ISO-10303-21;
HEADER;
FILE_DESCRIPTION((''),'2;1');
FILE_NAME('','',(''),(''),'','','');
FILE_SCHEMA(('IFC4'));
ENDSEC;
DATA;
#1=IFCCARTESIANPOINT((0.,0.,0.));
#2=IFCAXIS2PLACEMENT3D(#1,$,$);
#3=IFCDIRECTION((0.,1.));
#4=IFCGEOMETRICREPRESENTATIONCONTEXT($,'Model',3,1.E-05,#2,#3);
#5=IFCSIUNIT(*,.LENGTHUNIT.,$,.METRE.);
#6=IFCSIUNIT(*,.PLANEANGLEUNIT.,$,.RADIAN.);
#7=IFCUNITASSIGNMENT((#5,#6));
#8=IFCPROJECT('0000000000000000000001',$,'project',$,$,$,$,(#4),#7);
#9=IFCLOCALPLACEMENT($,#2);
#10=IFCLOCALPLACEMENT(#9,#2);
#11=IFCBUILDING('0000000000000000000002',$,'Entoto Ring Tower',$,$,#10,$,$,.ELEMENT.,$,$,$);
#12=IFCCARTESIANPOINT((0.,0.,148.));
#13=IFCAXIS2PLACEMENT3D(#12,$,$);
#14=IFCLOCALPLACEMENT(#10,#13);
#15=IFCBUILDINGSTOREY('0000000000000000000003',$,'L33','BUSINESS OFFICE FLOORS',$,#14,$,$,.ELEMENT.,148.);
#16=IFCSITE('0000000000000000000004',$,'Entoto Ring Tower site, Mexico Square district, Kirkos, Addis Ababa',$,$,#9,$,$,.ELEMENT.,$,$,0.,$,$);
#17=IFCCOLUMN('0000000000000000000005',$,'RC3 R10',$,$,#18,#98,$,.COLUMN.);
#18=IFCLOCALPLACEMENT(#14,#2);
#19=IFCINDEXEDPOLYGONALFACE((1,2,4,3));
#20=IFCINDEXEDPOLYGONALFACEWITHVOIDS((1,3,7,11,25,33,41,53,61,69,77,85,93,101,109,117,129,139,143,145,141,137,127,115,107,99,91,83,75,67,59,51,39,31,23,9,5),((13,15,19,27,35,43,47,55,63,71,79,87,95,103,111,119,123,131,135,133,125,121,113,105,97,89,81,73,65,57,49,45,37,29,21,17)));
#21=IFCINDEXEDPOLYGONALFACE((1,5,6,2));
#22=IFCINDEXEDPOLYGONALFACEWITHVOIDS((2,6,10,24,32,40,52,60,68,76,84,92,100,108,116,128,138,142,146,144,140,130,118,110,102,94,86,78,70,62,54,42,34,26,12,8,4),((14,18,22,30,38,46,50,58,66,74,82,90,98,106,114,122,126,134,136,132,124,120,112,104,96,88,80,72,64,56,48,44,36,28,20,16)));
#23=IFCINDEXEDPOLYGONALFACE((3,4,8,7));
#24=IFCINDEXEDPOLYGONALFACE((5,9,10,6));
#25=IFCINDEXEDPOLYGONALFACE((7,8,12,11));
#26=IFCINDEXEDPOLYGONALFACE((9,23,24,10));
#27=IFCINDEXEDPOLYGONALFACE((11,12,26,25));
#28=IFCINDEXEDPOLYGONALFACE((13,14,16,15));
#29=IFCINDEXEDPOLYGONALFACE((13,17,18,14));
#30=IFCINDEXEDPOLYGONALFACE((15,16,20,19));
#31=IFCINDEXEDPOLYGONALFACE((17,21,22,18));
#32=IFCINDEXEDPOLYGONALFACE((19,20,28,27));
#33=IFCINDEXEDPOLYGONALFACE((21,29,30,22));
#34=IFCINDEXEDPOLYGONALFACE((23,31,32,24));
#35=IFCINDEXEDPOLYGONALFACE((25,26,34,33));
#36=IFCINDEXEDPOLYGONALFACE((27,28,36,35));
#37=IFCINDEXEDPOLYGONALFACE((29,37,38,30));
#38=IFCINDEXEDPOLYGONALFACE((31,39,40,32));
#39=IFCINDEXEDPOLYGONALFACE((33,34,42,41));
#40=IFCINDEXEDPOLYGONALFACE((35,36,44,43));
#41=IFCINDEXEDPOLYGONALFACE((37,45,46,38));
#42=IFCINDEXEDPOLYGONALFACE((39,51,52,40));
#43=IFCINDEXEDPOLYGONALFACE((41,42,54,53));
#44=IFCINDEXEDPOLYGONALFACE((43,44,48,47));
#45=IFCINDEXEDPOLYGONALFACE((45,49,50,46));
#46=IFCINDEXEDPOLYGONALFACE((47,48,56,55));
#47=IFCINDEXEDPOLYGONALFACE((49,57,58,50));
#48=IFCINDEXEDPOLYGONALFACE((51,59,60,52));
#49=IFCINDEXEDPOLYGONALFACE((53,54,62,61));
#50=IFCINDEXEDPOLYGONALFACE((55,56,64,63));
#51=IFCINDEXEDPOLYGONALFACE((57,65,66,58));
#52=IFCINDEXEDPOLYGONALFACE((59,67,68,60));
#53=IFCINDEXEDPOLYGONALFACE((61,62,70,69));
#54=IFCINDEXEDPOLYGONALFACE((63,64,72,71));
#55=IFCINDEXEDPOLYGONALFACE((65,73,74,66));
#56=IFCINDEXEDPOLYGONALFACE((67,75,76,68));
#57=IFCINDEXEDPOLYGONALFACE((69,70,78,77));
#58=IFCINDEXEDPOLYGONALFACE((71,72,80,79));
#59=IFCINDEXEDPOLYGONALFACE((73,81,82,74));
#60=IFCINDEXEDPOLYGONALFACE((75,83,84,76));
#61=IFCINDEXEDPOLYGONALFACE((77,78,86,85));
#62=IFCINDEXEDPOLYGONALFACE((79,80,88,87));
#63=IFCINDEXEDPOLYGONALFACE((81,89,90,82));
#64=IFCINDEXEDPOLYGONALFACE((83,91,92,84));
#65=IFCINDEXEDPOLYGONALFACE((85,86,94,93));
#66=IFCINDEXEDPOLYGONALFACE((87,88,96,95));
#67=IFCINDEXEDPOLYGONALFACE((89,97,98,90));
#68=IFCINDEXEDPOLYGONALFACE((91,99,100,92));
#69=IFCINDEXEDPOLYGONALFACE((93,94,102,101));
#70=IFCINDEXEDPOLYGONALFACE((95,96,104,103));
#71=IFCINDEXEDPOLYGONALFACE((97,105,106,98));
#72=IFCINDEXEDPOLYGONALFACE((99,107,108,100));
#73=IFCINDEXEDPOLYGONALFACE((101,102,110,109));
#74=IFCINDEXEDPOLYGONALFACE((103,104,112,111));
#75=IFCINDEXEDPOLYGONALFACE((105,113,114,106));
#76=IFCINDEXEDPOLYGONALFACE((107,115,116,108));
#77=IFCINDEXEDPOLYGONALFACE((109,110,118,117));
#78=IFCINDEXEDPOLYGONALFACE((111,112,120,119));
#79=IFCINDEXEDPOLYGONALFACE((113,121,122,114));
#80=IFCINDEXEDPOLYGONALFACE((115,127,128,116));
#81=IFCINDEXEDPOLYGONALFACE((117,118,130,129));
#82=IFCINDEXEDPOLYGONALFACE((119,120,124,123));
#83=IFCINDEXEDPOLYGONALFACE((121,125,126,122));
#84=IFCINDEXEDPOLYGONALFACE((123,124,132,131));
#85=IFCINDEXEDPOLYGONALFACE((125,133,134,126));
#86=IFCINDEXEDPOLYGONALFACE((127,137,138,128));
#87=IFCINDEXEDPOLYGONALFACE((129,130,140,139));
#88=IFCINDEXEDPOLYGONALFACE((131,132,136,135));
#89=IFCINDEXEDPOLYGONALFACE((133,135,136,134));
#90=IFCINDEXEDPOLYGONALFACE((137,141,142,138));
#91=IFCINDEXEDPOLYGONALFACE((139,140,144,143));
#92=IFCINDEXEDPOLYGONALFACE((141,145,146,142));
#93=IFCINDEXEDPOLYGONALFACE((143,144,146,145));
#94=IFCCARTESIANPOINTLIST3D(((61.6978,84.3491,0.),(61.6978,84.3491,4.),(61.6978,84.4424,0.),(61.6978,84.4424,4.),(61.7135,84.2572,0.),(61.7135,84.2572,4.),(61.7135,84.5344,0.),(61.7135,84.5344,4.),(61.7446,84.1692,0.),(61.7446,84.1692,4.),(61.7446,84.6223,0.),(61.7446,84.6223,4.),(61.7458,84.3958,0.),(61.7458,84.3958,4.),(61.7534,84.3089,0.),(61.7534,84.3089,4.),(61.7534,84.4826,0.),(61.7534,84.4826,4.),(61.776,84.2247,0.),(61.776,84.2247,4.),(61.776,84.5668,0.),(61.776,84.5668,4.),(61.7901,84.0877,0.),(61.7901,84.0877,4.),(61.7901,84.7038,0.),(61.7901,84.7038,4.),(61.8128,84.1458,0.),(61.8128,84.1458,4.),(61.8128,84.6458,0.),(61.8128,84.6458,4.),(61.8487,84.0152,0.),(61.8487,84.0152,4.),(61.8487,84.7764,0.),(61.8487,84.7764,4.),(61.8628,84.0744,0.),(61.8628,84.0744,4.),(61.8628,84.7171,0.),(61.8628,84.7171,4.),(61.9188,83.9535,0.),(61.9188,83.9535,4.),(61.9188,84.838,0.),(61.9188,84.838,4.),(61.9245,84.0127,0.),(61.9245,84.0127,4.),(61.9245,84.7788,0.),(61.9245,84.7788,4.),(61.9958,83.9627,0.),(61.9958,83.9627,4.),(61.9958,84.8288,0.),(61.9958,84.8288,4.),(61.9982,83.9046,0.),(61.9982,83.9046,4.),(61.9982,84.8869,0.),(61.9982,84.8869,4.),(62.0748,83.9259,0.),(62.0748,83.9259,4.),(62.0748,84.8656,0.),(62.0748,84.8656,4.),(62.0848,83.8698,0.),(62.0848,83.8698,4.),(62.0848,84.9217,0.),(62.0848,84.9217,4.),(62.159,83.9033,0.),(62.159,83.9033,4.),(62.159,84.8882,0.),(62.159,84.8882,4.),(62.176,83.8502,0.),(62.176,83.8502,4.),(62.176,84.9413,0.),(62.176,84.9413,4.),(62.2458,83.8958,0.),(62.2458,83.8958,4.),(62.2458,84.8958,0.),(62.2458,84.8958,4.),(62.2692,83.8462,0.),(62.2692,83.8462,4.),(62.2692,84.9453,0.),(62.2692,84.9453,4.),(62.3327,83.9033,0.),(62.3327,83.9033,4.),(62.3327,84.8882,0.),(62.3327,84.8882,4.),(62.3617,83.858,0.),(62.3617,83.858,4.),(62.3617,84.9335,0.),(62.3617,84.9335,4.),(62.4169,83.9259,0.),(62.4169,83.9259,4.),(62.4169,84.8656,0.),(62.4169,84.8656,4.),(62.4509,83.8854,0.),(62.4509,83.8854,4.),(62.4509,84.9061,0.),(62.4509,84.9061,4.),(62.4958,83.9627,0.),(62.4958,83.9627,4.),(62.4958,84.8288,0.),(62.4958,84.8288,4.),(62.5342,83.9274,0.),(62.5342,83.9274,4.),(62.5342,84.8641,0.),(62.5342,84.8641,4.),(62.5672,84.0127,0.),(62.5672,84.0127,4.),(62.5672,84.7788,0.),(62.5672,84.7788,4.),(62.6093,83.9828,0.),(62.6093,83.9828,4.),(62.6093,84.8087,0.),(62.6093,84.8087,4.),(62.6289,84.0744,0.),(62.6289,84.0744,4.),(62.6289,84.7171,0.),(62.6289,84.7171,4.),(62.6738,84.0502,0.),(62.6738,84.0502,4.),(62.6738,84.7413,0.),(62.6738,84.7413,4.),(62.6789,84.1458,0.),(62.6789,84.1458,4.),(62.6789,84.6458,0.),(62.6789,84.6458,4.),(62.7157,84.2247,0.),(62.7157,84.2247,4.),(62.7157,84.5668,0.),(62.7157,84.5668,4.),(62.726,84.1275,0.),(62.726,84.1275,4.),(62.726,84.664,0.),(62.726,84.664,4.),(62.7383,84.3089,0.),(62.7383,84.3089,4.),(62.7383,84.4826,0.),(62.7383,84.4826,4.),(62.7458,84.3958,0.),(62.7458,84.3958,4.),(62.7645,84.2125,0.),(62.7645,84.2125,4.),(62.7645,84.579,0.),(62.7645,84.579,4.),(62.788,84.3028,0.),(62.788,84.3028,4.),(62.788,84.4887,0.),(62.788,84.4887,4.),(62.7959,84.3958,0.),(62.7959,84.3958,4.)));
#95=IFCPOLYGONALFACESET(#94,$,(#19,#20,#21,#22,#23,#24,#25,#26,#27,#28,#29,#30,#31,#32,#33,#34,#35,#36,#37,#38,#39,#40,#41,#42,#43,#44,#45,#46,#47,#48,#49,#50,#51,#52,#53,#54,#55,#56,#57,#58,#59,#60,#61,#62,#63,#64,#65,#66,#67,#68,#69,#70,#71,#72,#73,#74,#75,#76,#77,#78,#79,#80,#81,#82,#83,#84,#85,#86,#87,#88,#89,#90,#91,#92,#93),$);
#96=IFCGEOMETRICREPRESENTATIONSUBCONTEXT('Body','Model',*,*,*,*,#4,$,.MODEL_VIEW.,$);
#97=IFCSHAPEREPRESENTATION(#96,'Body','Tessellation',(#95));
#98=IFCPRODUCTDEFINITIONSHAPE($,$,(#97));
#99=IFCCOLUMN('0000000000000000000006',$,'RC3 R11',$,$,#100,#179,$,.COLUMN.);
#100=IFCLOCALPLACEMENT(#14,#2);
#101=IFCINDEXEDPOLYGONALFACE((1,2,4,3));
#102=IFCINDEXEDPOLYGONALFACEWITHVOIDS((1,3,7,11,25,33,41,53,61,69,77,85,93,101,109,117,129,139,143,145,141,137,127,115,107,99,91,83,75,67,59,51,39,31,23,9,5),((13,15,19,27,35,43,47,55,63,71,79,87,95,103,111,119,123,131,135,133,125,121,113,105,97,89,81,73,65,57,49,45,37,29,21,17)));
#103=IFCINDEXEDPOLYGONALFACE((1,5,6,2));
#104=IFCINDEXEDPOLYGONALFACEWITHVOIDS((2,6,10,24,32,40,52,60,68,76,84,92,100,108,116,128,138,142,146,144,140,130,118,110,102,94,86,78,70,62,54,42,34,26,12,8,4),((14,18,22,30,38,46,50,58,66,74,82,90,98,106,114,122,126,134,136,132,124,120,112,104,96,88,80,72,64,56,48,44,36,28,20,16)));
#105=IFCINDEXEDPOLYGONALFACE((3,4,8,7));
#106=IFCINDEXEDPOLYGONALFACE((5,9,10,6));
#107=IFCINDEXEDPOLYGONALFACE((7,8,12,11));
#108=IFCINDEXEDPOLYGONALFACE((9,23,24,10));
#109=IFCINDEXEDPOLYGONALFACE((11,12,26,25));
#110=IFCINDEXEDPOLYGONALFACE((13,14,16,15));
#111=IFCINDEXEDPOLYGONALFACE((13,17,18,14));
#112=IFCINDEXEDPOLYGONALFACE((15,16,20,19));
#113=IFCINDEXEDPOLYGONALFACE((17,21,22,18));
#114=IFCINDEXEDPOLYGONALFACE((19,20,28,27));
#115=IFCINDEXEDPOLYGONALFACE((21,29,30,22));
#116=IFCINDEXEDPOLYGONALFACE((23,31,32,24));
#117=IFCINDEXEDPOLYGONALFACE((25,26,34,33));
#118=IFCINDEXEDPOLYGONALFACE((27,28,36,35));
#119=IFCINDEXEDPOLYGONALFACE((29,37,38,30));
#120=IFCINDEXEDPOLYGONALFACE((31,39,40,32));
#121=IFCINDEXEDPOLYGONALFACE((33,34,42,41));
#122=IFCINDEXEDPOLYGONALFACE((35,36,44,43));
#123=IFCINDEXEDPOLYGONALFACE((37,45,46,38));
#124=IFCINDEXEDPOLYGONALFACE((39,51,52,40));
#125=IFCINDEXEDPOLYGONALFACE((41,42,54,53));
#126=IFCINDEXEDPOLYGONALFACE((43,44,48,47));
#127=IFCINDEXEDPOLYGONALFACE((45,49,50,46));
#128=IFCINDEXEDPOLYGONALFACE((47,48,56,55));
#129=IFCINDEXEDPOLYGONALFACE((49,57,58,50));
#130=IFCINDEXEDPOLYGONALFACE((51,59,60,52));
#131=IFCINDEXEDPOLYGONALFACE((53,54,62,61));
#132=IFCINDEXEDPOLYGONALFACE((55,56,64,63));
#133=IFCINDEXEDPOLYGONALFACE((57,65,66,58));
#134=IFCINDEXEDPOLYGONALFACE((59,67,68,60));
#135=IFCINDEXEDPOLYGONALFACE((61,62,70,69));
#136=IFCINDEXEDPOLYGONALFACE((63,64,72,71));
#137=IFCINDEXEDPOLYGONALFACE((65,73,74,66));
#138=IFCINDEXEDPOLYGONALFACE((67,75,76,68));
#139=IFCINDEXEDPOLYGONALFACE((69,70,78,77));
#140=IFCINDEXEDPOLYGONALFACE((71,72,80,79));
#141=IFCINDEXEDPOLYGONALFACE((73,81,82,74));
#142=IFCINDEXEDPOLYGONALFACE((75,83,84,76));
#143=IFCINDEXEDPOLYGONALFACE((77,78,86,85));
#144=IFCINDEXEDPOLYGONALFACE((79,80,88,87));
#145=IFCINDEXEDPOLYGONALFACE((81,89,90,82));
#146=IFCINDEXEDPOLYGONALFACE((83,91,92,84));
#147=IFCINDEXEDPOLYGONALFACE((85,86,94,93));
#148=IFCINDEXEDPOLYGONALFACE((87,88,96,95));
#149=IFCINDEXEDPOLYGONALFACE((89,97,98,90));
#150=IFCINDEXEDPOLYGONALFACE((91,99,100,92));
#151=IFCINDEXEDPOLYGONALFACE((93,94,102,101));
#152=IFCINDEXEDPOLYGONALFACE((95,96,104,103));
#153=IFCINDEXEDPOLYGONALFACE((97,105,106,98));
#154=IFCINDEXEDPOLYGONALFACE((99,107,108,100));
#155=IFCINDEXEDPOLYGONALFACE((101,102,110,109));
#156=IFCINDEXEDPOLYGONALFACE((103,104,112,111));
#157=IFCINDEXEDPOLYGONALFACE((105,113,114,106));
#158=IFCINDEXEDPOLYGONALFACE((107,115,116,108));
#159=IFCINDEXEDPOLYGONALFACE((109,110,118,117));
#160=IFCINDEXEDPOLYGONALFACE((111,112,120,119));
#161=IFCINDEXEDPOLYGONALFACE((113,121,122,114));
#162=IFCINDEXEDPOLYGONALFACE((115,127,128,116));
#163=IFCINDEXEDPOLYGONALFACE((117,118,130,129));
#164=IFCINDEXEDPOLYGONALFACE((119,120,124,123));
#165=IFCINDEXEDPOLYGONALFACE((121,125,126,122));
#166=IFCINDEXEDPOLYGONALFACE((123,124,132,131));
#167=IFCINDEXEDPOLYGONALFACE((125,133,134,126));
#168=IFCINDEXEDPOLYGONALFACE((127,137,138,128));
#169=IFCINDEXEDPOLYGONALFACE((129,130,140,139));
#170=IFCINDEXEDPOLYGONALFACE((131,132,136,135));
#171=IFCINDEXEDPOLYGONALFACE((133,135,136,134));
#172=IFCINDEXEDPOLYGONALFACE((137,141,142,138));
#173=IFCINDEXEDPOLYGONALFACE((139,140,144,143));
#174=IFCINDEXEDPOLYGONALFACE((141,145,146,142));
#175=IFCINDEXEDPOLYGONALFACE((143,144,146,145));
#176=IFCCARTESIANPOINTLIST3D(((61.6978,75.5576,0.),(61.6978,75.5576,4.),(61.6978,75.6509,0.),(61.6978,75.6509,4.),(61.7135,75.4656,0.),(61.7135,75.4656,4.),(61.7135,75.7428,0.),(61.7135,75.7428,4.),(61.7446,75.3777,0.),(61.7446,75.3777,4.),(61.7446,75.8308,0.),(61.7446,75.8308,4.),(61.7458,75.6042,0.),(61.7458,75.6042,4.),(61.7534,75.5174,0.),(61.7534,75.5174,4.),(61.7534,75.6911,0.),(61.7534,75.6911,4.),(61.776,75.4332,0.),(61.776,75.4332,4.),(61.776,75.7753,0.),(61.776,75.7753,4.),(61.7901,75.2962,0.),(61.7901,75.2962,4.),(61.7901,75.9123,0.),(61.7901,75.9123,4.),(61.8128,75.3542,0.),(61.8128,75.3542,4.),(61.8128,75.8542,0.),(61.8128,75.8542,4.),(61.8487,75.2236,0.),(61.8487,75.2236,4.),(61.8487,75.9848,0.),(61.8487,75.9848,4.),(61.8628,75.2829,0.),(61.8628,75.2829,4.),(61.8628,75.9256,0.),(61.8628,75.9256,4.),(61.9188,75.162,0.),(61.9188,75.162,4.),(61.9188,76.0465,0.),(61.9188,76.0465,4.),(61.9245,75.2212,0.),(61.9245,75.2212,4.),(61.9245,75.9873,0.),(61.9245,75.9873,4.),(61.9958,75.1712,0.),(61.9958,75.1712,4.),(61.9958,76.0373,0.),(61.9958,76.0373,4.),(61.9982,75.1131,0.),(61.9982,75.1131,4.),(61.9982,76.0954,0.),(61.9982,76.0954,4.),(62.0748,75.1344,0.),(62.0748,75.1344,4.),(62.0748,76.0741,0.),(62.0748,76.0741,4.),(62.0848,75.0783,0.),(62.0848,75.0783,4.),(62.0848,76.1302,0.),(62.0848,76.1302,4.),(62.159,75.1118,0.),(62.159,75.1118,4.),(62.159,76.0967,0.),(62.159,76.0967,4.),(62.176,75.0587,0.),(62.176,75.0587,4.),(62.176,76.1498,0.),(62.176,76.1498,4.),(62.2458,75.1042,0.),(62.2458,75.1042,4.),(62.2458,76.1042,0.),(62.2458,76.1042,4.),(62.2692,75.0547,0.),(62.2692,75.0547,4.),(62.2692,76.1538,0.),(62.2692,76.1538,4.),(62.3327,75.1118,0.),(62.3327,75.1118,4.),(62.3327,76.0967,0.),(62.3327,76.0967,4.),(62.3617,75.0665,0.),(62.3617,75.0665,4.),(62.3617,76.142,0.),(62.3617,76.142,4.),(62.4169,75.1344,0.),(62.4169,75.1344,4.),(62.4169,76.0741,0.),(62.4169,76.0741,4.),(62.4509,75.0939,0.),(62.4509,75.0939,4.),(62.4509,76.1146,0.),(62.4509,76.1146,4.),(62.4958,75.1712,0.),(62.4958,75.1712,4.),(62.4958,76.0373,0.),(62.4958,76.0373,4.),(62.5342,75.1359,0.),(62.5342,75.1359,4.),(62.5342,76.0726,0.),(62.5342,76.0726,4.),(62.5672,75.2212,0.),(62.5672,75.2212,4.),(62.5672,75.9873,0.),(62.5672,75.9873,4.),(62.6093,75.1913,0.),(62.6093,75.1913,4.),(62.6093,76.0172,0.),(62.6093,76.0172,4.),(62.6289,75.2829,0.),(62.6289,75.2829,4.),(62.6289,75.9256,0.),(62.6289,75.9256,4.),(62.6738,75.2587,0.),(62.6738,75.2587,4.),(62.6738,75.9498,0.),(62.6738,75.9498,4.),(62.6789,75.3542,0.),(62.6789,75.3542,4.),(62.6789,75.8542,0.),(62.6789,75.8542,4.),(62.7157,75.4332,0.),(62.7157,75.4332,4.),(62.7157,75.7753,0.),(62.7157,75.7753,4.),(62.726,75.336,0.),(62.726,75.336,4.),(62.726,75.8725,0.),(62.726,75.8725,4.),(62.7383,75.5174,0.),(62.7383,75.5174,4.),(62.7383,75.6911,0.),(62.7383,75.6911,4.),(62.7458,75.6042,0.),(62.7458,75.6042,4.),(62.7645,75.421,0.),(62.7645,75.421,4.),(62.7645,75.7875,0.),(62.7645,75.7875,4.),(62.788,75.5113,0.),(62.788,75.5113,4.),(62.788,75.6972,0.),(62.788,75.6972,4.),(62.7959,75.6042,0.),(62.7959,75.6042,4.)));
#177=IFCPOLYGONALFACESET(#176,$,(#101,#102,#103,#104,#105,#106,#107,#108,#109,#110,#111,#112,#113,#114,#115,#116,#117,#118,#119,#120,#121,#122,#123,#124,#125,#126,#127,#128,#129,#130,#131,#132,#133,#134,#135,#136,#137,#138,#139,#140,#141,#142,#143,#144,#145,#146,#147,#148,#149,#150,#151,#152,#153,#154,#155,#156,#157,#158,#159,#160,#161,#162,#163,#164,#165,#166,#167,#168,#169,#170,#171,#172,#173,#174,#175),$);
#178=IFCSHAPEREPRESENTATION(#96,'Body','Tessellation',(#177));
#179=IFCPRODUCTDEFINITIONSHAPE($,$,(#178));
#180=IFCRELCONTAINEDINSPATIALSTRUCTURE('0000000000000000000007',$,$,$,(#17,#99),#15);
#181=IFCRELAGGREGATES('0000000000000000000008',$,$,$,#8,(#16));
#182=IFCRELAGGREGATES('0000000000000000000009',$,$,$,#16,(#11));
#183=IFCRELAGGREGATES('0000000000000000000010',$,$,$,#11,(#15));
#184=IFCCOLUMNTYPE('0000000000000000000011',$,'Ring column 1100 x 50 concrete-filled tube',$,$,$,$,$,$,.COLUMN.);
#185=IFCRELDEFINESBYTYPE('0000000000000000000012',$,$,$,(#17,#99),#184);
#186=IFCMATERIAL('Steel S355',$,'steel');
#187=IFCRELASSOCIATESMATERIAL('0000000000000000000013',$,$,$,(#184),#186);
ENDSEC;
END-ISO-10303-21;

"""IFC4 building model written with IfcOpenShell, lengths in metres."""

from ifc_helpers import new_model, si_unit, direction, frame, origin, origin_2d, place, context, subcontext, project, spatial, circle, hollow_circle, extrude, material, material_profile, profile_set, type_object, element, save


model = new_model("IFC4")

# Units and contexts
model_context = context("Model", 3, precision=1e-05, world=origin(), true_north=direction((0.0, 1.0)))
body_context = subcontext(model_context, "Body", "Model", "MODEL_VIEW")
ifc_project = project(units=[si_unit("LENGTHUNIT", "METRE"), si_unit("PLANEANGLEUNIT", "RADIAN")], contexts=[model_context])

# Site, building, storey
site_placement = place(None, origin())
site = spatial("IfcSite", under=ifc_project, at=site_placement, Name="Entoto Ring Tower site, Mexico Square district, Kirkos, Addis Ababa", CompositionType="ELEMENT", RefElevation=0.0)
building_placement = place(site_placement, origin())
building = spatial("IfcBuilding", under=site, at=building_placement, Name="Entoto Ring Tower", CompositionType="ELEMENT")
storey_placement = place(building_placement, frame((0.0, 0.0, 148.0)))
storey = spatial("IfcBuildingStorey", under=building, at=storey_placement, Name="L33", Description="BUSINESS OFFICE FLOORS", CompositionType="ELEMENT", Elevation=148.0)

# Columns
ifc_material_1 = material(Name="Steel S355", Category="steel")
ifc_material_profile_1 = material_profile(ifc_material_1, hollow_circle(Radius=0.55, WallThickness=0.05, at=origin_2d()), Name="CHS 1100 x 50")
ifc_material_2 = material(Name="Concrete C60/75", Category="concrete")
ifc_material_profile_2 = material_profile(ifc_material_2, circle(Radius=0.5, at=origin_2d()), Name="Concrete C60/75 infill")
ifc_profile_set_1 = profile_set([ifc_material_profile_1, ifc_material_profile_2], Name="Steel S355")
column_type = type_object("IfcColumnType", Name="Ring column 1100 x 50 concrete-filled tube", PredefinedType="COLUMN", material=ifc_profile_set_1)
for number, where, z_axis, x_axis, name in (
    (1, (62.2458, 84.3958, 0.0), (0.0, 0.0, 1.0), (1.0, 0.0, 0.0), "RC3 R10"),
    (2, (62.2458, 75.6042, 0.0), (0.0, 0.0, 1.0), (1.0, 0.0, 0.0), "RC3 R11"),
):
    element("IfcColumn", number, at=place(storey_placement, frame(where, z_axis=z_axis, x_axis=x_axis)), inside=storey, type_object=column_type, Name=name, PredefinedType="COLUMN", context=body_context, shape_type="SweptSolid", body=[
        extrude(hollow_circle(Radius=0.55, WallThickness=0.05, at=origin_2d()), origin(), (0.0, 0.0, 1.0), 4.0),
    ])

save(model, "model.ifc")
